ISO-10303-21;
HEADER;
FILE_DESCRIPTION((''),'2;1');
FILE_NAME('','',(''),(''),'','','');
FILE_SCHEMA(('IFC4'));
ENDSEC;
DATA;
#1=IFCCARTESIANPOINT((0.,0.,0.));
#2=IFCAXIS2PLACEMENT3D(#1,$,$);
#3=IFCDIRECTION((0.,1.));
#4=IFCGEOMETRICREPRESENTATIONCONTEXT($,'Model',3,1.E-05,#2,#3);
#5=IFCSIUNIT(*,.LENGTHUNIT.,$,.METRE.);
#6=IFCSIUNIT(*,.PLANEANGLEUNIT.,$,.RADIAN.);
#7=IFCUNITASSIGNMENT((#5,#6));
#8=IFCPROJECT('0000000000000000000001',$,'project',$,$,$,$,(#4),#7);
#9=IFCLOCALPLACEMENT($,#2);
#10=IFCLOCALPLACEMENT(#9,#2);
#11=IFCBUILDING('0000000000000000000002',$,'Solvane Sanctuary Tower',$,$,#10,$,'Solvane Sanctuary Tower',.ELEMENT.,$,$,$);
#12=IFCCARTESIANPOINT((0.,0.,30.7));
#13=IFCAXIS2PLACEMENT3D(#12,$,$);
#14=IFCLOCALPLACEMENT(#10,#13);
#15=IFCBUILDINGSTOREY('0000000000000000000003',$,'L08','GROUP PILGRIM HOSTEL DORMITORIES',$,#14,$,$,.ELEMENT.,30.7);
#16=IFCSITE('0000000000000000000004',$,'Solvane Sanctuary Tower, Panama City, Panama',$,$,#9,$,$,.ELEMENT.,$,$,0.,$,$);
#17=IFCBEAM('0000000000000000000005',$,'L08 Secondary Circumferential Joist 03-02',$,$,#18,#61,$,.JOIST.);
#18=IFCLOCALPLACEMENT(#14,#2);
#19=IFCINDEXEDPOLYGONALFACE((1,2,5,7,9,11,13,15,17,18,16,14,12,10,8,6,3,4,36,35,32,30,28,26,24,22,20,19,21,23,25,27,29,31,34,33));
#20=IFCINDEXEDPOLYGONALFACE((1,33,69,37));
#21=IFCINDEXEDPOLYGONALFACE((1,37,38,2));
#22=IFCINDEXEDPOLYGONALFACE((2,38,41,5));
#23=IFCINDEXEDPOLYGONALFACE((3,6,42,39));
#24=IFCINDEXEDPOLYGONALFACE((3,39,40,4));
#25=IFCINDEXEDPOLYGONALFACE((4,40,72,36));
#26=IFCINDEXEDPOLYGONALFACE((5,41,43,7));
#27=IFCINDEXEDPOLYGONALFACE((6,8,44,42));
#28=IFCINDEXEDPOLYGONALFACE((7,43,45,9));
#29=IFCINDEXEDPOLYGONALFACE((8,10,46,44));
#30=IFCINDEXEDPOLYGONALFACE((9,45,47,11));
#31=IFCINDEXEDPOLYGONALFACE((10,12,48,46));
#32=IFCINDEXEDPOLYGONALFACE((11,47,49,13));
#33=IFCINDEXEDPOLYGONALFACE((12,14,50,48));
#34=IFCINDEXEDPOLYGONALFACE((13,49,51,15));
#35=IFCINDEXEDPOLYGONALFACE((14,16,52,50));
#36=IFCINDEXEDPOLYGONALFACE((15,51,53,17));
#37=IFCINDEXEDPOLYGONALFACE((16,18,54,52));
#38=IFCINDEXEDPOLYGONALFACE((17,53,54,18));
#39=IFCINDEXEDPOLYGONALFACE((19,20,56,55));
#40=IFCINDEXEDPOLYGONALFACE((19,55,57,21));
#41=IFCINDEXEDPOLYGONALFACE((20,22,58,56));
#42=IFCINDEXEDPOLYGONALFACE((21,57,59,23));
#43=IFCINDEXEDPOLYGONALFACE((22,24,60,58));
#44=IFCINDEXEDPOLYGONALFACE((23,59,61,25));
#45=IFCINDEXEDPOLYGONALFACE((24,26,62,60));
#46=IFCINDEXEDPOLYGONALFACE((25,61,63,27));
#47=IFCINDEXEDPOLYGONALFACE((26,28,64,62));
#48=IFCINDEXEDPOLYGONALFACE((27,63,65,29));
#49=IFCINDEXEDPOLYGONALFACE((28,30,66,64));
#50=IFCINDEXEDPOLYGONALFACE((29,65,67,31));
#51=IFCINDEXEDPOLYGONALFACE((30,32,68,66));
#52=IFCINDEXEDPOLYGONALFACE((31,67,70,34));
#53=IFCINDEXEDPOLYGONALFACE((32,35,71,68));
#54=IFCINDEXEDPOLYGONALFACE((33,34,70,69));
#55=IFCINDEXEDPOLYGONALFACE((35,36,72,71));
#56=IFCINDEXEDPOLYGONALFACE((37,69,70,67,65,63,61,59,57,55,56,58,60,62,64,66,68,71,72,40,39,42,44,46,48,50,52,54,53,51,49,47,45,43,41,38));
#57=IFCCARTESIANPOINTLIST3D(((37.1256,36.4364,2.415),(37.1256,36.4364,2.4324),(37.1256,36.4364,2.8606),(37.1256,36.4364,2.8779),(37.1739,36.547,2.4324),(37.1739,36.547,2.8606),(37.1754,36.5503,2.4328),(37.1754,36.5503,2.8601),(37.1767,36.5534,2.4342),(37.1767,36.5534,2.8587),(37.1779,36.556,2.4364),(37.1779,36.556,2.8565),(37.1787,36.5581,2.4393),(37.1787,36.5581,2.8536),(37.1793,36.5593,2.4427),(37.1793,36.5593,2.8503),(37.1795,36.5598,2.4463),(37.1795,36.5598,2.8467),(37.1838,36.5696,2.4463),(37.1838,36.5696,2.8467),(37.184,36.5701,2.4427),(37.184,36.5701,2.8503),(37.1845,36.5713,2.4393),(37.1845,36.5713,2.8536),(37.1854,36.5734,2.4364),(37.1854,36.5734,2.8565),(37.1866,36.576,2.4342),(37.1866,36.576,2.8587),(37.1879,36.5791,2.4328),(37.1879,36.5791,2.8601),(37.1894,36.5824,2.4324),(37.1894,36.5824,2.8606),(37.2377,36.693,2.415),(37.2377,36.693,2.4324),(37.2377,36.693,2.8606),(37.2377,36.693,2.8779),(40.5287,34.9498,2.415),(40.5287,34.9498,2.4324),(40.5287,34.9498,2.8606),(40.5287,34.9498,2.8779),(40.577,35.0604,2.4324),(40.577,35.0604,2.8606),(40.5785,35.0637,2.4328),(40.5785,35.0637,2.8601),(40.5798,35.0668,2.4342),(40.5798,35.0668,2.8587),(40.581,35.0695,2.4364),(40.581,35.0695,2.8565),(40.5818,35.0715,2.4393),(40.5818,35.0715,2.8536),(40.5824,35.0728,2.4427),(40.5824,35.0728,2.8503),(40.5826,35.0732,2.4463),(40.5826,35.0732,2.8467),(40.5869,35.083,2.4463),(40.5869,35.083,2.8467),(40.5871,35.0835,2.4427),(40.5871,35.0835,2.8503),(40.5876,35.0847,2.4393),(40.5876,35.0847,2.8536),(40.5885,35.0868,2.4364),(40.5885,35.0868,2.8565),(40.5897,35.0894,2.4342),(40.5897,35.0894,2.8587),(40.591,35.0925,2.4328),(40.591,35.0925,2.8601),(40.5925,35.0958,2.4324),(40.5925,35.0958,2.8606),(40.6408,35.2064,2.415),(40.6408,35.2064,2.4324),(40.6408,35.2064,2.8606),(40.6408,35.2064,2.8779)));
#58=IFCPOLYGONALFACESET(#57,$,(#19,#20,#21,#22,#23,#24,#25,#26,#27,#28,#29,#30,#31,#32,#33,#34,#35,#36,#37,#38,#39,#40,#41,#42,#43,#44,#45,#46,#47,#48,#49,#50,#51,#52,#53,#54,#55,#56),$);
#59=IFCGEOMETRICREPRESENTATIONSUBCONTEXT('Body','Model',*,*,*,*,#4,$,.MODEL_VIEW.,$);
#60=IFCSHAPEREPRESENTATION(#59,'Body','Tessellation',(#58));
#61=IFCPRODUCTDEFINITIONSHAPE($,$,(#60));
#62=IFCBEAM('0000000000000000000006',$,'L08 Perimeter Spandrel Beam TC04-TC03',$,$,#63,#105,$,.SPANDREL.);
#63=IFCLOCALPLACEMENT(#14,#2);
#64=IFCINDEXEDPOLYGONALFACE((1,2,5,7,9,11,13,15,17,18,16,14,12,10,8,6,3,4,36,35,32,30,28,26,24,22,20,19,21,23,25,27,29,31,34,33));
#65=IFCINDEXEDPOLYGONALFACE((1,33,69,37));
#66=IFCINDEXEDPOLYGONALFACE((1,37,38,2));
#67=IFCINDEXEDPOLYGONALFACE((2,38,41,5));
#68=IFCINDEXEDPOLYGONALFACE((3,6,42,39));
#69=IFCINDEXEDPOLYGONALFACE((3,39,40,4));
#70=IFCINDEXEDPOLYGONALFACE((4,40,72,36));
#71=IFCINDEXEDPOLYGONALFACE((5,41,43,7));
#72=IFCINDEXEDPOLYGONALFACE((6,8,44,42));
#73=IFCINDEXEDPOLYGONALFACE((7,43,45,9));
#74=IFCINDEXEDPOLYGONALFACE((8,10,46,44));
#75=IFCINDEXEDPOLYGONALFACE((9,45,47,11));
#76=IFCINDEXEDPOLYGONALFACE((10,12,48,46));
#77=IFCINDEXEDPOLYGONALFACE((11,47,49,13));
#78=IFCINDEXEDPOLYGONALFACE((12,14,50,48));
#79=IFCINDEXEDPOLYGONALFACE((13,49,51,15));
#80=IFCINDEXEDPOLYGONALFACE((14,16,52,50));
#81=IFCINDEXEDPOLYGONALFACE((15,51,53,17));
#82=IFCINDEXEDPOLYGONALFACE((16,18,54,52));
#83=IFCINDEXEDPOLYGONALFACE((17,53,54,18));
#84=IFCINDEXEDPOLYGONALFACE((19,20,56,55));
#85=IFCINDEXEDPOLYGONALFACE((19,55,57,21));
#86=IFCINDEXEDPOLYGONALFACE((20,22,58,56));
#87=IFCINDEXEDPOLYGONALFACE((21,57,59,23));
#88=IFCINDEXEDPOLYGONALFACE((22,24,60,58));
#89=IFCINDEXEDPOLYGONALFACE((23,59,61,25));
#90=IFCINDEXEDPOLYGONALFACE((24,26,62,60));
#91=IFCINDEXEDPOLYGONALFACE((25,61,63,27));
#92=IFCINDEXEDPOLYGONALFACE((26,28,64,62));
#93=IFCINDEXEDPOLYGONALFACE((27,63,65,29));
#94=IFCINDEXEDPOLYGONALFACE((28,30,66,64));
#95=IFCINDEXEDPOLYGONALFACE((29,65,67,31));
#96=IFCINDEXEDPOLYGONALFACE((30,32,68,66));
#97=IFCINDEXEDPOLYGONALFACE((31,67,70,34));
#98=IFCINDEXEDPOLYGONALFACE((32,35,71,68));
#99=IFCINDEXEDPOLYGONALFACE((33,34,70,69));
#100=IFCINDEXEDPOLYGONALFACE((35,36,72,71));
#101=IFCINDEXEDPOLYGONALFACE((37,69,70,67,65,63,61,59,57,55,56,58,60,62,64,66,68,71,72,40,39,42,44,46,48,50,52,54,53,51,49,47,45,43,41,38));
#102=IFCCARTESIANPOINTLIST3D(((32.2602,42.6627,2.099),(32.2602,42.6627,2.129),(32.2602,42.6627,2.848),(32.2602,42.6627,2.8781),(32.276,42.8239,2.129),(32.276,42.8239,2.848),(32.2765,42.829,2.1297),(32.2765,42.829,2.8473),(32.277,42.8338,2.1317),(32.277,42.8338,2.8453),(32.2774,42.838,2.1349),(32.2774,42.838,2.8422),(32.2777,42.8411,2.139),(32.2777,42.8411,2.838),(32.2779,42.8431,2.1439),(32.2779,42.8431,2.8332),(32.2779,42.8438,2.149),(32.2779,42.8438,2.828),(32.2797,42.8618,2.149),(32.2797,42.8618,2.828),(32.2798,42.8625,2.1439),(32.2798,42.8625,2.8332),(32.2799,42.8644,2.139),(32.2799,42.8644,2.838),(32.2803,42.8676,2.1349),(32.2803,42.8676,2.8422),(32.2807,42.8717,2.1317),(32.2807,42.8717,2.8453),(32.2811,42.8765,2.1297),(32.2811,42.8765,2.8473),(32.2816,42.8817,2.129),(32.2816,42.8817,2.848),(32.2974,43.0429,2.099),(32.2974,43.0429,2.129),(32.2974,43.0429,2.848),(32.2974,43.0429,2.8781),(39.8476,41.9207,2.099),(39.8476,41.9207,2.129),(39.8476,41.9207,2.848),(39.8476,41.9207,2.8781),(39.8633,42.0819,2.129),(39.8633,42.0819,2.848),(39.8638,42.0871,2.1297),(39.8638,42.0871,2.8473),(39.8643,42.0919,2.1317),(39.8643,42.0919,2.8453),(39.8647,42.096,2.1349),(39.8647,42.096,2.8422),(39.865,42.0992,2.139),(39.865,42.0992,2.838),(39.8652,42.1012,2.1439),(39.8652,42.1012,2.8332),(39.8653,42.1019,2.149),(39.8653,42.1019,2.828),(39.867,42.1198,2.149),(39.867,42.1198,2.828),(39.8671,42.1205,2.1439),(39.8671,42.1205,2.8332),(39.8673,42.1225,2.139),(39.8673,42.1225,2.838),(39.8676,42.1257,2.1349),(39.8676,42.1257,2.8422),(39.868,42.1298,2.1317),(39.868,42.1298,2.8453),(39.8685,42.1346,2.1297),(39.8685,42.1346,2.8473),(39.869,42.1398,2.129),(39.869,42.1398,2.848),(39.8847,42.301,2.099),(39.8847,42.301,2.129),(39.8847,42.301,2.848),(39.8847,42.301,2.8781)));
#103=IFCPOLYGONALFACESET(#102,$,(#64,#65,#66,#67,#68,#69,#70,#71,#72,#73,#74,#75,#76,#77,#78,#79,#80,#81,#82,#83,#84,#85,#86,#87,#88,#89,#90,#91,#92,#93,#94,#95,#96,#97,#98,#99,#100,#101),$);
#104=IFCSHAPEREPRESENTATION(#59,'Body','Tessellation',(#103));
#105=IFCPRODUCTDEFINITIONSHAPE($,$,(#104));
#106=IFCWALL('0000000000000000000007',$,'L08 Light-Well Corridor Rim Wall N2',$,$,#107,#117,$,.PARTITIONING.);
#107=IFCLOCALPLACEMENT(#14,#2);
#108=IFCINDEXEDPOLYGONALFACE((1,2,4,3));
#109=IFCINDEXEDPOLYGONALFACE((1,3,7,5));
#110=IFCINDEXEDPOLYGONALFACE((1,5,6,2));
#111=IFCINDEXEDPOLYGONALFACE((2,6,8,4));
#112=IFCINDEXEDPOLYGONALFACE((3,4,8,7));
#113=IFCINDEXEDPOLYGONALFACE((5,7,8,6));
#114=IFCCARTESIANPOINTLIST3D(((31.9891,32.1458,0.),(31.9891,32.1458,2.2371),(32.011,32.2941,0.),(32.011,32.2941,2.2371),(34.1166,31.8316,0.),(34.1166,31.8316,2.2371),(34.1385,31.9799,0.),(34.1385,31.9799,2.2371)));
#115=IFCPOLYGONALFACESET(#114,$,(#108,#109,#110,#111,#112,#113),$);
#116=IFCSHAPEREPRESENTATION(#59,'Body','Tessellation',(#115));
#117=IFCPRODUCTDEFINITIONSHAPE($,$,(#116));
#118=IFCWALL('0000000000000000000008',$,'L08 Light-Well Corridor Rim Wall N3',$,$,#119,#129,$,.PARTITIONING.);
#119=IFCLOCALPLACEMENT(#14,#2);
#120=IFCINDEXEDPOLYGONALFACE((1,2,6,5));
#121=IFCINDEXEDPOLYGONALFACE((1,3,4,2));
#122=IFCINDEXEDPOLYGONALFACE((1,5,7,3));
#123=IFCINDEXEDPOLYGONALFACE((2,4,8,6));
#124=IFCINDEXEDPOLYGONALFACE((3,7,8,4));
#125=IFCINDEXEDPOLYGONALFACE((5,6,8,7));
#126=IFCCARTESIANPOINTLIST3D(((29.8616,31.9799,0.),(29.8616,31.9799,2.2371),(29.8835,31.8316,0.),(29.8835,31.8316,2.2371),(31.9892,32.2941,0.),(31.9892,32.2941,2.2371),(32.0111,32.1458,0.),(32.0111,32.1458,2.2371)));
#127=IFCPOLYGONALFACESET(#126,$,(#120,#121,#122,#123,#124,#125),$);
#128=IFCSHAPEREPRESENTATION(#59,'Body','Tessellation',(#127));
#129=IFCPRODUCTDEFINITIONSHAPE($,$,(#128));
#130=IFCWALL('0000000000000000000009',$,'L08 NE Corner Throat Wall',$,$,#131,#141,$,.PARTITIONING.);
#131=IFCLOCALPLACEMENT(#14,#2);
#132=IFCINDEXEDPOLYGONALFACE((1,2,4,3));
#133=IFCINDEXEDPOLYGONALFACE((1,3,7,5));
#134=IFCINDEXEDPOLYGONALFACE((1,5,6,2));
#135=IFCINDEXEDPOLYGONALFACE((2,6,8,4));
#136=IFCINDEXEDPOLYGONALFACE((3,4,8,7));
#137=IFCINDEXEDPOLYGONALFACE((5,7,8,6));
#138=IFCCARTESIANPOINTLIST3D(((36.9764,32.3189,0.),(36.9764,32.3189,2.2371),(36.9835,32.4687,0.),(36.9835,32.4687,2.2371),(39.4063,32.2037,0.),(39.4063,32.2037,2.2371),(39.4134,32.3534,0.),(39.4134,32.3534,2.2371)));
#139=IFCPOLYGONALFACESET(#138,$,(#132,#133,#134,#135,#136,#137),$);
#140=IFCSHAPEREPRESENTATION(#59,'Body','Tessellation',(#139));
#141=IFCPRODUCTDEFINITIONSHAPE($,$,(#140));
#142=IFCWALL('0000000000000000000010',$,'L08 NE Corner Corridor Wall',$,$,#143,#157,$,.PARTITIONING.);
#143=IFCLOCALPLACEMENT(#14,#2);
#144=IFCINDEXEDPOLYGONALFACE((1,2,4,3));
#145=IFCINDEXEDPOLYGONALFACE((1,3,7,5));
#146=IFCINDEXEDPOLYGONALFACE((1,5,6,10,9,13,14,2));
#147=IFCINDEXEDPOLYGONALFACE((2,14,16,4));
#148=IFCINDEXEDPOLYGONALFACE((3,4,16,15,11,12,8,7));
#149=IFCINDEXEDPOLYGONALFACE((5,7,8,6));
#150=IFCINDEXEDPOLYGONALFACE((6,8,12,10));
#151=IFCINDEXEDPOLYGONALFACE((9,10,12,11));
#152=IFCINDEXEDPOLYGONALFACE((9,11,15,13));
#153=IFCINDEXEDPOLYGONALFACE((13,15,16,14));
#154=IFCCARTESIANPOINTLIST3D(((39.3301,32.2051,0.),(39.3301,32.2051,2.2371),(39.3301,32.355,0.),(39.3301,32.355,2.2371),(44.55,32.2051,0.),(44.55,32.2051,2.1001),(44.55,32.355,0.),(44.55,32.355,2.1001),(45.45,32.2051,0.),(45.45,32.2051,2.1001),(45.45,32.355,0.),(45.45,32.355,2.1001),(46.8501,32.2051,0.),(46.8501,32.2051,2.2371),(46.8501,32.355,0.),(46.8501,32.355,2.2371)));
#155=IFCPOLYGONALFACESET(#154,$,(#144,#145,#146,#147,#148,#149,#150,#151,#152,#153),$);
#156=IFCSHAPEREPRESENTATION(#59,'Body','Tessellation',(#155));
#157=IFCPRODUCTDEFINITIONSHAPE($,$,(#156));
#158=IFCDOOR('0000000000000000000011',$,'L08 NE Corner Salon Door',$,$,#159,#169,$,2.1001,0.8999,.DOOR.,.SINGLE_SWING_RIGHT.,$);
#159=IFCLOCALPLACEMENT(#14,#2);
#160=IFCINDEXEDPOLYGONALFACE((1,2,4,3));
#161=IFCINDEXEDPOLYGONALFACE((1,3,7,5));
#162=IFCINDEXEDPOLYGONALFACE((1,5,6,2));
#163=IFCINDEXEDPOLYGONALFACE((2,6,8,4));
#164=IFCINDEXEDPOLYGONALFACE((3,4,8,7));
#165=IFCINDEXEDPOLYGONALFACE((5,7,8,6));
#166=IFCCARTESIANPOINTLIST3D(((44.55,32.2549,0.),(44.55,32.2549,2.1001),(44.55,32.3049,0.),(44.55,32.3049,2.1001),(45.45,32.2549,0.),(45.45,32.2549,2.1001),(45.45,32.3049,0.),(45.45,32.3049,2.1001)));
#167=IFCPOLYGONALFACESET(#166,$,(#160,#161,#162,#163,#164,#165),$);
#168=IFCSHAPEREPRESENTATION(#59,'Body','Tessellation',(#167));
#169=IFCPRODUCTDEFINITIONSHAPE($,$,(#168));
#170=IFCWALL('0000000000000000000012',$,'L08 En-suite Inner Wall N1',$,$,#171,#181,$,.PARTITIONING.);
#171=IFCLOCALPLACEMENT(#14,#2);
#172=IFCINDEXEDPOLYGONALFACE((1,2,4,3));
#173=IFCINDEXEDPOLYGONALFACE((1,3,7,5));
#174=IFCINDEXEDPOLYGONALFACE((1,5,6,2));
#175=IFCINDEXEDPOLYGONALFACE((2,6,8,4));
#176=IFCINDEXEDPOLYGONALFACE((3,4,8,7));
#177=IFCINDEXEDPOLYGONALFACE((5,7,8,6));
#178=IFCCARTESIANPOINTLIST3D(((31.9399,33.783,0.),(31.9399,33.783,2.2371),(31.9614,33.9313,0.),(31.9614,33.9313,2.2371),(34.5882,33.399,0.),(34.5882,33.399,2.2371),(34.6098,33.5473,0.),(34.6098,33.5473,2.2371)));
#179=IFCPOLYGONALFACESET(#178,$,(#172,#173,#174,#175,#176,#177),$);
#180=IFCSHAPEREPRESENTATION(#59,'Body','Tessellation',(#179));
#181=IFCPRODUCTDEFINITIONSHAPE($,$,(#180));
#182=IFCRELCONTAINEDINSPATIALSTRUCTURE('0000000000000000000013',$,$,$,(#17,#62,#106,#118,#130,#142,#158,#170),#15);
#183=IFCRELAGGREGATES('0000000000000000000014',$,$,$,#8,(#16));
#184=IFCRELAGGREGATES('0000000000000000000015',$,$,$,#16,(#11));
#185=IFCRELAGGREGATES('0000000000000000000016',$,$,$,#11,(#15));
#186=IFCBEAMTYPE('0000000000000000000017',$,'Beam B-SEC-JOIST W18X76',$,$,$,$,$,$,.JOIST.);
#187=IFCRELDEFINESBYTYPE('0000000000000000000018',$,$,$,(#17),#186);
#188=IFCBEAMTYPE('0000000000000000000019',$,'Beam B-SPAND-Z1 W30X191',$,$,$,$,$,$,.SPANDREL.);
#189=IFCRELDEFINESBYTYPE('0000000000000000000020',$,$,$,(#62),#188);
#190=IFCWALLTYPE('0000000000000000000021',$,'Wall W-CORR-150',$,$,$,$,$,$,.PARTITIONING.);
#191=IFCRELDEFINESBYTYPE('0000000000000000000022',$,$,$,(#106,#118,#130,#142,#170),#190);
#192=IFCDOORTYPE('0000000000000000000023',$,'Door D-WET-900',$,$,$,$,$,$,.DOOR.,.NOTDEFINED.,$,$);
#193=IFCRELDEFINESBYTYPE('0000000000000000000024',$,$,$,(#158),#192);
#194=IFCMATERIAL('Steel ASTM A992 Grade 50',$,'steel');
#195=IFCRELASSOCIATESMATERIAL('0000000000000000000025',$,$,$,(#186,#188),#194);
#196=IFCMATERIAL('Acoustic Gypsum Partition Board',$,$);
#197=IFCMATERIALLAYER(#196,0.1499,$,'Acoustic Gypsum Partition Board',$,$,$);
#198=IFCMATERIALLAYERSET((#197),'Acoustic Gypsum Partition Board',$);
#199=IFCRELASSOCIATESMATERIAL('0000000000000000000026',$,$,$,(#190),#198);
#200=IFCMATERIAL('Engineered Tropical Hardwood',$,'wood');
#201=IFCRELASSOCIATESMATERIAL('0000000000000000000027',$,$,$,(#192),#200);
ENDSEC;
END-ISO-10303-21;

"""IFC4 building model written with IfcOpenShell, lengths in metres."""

from ifc_helpers import new_model, si_unit, direction, frame, frame_2d, origin, origin_2d, place, context, subcontext, project, spatial, rectangle, i_section, extrude, material, layer, layer_set, material_profile, profile_set, type_object, element, fill, save


model = new_model("IFC4")

# Units and contexts
model_context = context("Model", 3, precision=1e-05, world=origin(), true_north=direction((0.0, 1.0)))
body_context = subcontext(model_context, "Body", "Model", "MODEL_VIEW")
ifc_project = project(units=[si_unit("LENGTHUNIT", "METRE"), si_unit("PLANEANGLEUNIT", "RADIAN")], contexts=[model_context])

# Site, building, storey
site_placement = place(None, origin())
site = spatial("IfcSite", under=ifc_project, at=site_placement, Name="Solvane Sanctuary Tower, Panama City, Panama", CompositionType="ELEMENT", RefElevation=0.0)
building_placement = place(site_placement, origin())
building = spatial("IfcBuilding", under=site, at=building_placement, Name="Solvane Sanctuary Tower", LongName="Solvane Sanctuary Tower", CompositionType="ELEMENT")
storey_placement = place(building_placement, frame((0.0, 0.0, 30.7)))
storey = spatial("IfcBuildingStorey", under=building, at=storey_placement, Name="L08", Description="GROUP PILGRIM HOSTEL DORMITORIES", CompositionType="ELEMENT", Elevation=30.7)

# Beams
ifc_material_1 = material(Name="Steel ASTM A992 Grade 50", Category="steel")
ifc_material_profile_1 = material_profile(ifc_material_1, i_section(OverallWidth=0.28, OverallDepth=0.4629, WebThickness=0.0107, FlangeThickness=0.0173, FilletRadius=0.0139, at=origin_2d()), Name="W18X76")
ifc_profile_set_1 = profile_set([ifc_material_profile_1], Name="Steel ASTM A992 Grade 50")
beam_type_1 = type_object("IfcBeamType", Name="Beam B-SEC-JOIST W18X76", PredefinedType="JOIST", material=ifc_profile_set_1)
beam_1_placement = place(storey_placement, frame((37.1816, 36.5647, 2.6465), z_axis=(0.916382, -0.400305, 0.0), x_axis=(0.400305, 0.916382, 0.0)))
element("IfcBeam", 1, at=beam_1_placement, inside=storey, type_object=beam_type_1, Name="L08 Secondary Circumferential Joist 03-02", PredefinedType="JOIST", context=body_context, shape_type="SweptSolid", body=[
    extrude(i_section(OverallWidth=0.28, OverallDepth=0.4629, WebThickness=0.0107, FlangeThickness=0.0173, FilletRadius=0.0139, at=origin_2d()), origin(), (0.0, 0.0, 1.0), 3.7136),
])
ifc_material_profile_2 = material_profile(ifc_material_1, i_section(OverallWidth=0.3821, OverallDepth=0.7791, WebThickness=0.0181, FlangeThickness=0.03, FilletRadius=0.02, at=origin_2d()), Name="W30X191")
ifc_profile_set_2 = profile_set([ifc_material_profile_2], Name="Steel ASTM A992 Grade 50")
beam_type_2 = type_object("IfcBeamType", Name="Beam B-SPAND-Z1 W30X191", PredefinedType="SPANDREL", material=ifc_profile_set_2)
beam_2_placement = place(storey_placement, frame((32.2788, 42.8528, 2.4885), z_axis=(0.995253, -0.097322, 0.0), x_axis=(0.097322, 0.995253, 0.0)))
element("IfcBeam", 2, at=beam_2_placement, inside=storey, type_object=beam_type_2, Name="L08 Perimeter Spandrel Beam TC04-TC03", PredefinedType="SPANDREL", context=body_context, shape_type="SweptSolid", body=[
    extrude(i_section(OverallWidth=0.3821, OverallDepth=0.7791, WebThickness=0.0181, FlangeThickness=0.03, FilletRadius=0.02, at=origin_2d()), origin(), (0.0, 0.0, 1.0), 7.6235),
])

# Walls
ifc_material_2 = material(Name="Acoustic Gypsum Partition Board")
ifc_layer_1 = layer(ifc_material_2, 0.1499, Name="Acoustic Gypsum Partition Board")
ifc_layer_set_1 = layer_set([ifc_layer_1], Name="Acoustic Gypsum Partition Board")
wall_type_1 = type_object("IfcWallType", Name="Wall W-CORR-150", PredefinedType="PARTITIONING", material=ifc_layer_set_1)
for number, where, z_axis, x_axis, name in (
    (3, (34.1274, 31.9058, 0.0), (0.0, 0.0, 1.0), (-0.989269, 0.146108, 0.0), "L08 Light-Well Corridor Rim Wall N2"),
    (4, (32.0, 32.22, 0.0), (0.0, 0.0, 1.0), (-0.989269, -0.146108, 0.0), "L08 Light-Well Corridor Rim Wall N3"),
):
    element("IfcWall", number, at=place(storey_placement, frame(where, z_axis=z_axis, x_axis=x_axis)), inside=storey, type_object=wall_type_1, Name=name, PredefinedType="PARTITIONING", context=body_context, shape_type="SweptSolid", body=[
        extrude(rectangle(XDim=2.1506, YDim=0.1499, at=frame_2d((1.0752, 0.0))), origin(), (0.0, 0.0, 1.0), 2.2371),
    ])
wall_1_placement = place(storey_placement, frame((36.98, 32.3938, 0.0), z_axis=(0.0, 0.0, 1.0), x_axis=(0.998877, -0.04737, 0.0)))
element("IfcWall", 5, at=wall_1_placement, inside=storey, type_object=wall_type_1, Name="L08 NE Corner Throat Wall", PredefinedType="PARTITIONING", context=body_context, shape_type="SweptSolid", body=[
    extrude(rectangle(XDim=2.4326, YDim=0.1499, at=frame_2d((1.2163, 0.0))), origin(), (0.0, 0.0, 1.0), 2.2371),
])

# Wall, opening, door
wall_2_placement = place(storey_placement, frame((39.3301, 32.28, 0.0), z_axis=(0.0, 0.0, 1.0), x_axis=(1.0, 0.0, 0.0)))
wall_2 = element("IfcWall", 6, at=wall_2_placement, inside=storey, type_object=wall_type_1, Name="L08 NE Corner Corridor Wall", PredefinedType="PARTITIONING", context=body_context, shape_type="SweptSolid", body=[
    extrude(rectangle(XDim=7.52, YDim=0.1499, at=frame_2d((3.76, 0.0))), origin(), (0.0, 0.0, 1.0), 2.2371),
])
opening_1_placement = place(wall_2_placement, frame((5.22, 0.0, 0.0)))
opening_1 = element("IfcOpeningElement", 7, at=opening_1_placement, cuts=wall_2, PredefinedType="OPENING", context=body_context, shape_type="SweptSolid", body=[
    extrude(rectangle(XDim=0.8999, YDim=2.1001, at=frame_2d((0.45, 1.05))), frame((0.0, 0.085, 0.0), z_axis=(0.0, -1.0, 0.0), x_axis=(1.0, 0.0, 0.0)), (0.0, 0.0, 1.0), 0.1699),
])
ifc_material_3 = material(Name="Engineered Tropical Hardwood", Category="wood")
door_type_1 = type_object("IfcDoorType", Name="Door D-WET-900", OperationType="NOTDEFINED", PredefinedType="DOOR", material=ifc_material_3)
door_1_placement = place(opening_1_placement, origin())
door_1 = element("IfcDoor", 8, at=door_1_placement, inside=storey, type_object=door_type_1, Name="L08 NE Corner Salon Door", OperationType="SINGLE_SWING_RIGHT", OverallHeight=2.1001, OverallWidth=0.8999, PredefinedType="DOOR", context=body_context, shape_type="SweptSolid", body=[
    extrude(rectangle(XDim=0.8999, YDim=2.1001, at=frame_2d((0.45, 1.05))), frame((0.0, 0.0249, 0.0), z_axis=(0.0, -1.0, 0.0), x_axis=(1.0, 0.0, 0.0)), (0.0, 0.0, 1.0), 0.05),
])
fill(opening_1, door_1)

# Wall
wall_3_placement = place(storey_placement, frame((34.5989, 33.4731, 0.0), z_axis=(0.0, 0.0, 1.0), x_axis=(-0.98965, 0.143503, 0.0)))
element("IfcWall", 9, at=wall_3_placement, inside=storey, type_object=wall_type_1, Name="L08 En-suite Inner Wall N1", PredefinedType="PARTITIONING", context=body_context, shape_type="SweptSolid", body=[
    extrude(rectangle(XDim=2.676, YDim=0.1499, at=frame_2d((1.3379, 0.0))), origin(), (0.0, 0.0, 1.0), 2.2371),
])

save(model, "model.ifc")
